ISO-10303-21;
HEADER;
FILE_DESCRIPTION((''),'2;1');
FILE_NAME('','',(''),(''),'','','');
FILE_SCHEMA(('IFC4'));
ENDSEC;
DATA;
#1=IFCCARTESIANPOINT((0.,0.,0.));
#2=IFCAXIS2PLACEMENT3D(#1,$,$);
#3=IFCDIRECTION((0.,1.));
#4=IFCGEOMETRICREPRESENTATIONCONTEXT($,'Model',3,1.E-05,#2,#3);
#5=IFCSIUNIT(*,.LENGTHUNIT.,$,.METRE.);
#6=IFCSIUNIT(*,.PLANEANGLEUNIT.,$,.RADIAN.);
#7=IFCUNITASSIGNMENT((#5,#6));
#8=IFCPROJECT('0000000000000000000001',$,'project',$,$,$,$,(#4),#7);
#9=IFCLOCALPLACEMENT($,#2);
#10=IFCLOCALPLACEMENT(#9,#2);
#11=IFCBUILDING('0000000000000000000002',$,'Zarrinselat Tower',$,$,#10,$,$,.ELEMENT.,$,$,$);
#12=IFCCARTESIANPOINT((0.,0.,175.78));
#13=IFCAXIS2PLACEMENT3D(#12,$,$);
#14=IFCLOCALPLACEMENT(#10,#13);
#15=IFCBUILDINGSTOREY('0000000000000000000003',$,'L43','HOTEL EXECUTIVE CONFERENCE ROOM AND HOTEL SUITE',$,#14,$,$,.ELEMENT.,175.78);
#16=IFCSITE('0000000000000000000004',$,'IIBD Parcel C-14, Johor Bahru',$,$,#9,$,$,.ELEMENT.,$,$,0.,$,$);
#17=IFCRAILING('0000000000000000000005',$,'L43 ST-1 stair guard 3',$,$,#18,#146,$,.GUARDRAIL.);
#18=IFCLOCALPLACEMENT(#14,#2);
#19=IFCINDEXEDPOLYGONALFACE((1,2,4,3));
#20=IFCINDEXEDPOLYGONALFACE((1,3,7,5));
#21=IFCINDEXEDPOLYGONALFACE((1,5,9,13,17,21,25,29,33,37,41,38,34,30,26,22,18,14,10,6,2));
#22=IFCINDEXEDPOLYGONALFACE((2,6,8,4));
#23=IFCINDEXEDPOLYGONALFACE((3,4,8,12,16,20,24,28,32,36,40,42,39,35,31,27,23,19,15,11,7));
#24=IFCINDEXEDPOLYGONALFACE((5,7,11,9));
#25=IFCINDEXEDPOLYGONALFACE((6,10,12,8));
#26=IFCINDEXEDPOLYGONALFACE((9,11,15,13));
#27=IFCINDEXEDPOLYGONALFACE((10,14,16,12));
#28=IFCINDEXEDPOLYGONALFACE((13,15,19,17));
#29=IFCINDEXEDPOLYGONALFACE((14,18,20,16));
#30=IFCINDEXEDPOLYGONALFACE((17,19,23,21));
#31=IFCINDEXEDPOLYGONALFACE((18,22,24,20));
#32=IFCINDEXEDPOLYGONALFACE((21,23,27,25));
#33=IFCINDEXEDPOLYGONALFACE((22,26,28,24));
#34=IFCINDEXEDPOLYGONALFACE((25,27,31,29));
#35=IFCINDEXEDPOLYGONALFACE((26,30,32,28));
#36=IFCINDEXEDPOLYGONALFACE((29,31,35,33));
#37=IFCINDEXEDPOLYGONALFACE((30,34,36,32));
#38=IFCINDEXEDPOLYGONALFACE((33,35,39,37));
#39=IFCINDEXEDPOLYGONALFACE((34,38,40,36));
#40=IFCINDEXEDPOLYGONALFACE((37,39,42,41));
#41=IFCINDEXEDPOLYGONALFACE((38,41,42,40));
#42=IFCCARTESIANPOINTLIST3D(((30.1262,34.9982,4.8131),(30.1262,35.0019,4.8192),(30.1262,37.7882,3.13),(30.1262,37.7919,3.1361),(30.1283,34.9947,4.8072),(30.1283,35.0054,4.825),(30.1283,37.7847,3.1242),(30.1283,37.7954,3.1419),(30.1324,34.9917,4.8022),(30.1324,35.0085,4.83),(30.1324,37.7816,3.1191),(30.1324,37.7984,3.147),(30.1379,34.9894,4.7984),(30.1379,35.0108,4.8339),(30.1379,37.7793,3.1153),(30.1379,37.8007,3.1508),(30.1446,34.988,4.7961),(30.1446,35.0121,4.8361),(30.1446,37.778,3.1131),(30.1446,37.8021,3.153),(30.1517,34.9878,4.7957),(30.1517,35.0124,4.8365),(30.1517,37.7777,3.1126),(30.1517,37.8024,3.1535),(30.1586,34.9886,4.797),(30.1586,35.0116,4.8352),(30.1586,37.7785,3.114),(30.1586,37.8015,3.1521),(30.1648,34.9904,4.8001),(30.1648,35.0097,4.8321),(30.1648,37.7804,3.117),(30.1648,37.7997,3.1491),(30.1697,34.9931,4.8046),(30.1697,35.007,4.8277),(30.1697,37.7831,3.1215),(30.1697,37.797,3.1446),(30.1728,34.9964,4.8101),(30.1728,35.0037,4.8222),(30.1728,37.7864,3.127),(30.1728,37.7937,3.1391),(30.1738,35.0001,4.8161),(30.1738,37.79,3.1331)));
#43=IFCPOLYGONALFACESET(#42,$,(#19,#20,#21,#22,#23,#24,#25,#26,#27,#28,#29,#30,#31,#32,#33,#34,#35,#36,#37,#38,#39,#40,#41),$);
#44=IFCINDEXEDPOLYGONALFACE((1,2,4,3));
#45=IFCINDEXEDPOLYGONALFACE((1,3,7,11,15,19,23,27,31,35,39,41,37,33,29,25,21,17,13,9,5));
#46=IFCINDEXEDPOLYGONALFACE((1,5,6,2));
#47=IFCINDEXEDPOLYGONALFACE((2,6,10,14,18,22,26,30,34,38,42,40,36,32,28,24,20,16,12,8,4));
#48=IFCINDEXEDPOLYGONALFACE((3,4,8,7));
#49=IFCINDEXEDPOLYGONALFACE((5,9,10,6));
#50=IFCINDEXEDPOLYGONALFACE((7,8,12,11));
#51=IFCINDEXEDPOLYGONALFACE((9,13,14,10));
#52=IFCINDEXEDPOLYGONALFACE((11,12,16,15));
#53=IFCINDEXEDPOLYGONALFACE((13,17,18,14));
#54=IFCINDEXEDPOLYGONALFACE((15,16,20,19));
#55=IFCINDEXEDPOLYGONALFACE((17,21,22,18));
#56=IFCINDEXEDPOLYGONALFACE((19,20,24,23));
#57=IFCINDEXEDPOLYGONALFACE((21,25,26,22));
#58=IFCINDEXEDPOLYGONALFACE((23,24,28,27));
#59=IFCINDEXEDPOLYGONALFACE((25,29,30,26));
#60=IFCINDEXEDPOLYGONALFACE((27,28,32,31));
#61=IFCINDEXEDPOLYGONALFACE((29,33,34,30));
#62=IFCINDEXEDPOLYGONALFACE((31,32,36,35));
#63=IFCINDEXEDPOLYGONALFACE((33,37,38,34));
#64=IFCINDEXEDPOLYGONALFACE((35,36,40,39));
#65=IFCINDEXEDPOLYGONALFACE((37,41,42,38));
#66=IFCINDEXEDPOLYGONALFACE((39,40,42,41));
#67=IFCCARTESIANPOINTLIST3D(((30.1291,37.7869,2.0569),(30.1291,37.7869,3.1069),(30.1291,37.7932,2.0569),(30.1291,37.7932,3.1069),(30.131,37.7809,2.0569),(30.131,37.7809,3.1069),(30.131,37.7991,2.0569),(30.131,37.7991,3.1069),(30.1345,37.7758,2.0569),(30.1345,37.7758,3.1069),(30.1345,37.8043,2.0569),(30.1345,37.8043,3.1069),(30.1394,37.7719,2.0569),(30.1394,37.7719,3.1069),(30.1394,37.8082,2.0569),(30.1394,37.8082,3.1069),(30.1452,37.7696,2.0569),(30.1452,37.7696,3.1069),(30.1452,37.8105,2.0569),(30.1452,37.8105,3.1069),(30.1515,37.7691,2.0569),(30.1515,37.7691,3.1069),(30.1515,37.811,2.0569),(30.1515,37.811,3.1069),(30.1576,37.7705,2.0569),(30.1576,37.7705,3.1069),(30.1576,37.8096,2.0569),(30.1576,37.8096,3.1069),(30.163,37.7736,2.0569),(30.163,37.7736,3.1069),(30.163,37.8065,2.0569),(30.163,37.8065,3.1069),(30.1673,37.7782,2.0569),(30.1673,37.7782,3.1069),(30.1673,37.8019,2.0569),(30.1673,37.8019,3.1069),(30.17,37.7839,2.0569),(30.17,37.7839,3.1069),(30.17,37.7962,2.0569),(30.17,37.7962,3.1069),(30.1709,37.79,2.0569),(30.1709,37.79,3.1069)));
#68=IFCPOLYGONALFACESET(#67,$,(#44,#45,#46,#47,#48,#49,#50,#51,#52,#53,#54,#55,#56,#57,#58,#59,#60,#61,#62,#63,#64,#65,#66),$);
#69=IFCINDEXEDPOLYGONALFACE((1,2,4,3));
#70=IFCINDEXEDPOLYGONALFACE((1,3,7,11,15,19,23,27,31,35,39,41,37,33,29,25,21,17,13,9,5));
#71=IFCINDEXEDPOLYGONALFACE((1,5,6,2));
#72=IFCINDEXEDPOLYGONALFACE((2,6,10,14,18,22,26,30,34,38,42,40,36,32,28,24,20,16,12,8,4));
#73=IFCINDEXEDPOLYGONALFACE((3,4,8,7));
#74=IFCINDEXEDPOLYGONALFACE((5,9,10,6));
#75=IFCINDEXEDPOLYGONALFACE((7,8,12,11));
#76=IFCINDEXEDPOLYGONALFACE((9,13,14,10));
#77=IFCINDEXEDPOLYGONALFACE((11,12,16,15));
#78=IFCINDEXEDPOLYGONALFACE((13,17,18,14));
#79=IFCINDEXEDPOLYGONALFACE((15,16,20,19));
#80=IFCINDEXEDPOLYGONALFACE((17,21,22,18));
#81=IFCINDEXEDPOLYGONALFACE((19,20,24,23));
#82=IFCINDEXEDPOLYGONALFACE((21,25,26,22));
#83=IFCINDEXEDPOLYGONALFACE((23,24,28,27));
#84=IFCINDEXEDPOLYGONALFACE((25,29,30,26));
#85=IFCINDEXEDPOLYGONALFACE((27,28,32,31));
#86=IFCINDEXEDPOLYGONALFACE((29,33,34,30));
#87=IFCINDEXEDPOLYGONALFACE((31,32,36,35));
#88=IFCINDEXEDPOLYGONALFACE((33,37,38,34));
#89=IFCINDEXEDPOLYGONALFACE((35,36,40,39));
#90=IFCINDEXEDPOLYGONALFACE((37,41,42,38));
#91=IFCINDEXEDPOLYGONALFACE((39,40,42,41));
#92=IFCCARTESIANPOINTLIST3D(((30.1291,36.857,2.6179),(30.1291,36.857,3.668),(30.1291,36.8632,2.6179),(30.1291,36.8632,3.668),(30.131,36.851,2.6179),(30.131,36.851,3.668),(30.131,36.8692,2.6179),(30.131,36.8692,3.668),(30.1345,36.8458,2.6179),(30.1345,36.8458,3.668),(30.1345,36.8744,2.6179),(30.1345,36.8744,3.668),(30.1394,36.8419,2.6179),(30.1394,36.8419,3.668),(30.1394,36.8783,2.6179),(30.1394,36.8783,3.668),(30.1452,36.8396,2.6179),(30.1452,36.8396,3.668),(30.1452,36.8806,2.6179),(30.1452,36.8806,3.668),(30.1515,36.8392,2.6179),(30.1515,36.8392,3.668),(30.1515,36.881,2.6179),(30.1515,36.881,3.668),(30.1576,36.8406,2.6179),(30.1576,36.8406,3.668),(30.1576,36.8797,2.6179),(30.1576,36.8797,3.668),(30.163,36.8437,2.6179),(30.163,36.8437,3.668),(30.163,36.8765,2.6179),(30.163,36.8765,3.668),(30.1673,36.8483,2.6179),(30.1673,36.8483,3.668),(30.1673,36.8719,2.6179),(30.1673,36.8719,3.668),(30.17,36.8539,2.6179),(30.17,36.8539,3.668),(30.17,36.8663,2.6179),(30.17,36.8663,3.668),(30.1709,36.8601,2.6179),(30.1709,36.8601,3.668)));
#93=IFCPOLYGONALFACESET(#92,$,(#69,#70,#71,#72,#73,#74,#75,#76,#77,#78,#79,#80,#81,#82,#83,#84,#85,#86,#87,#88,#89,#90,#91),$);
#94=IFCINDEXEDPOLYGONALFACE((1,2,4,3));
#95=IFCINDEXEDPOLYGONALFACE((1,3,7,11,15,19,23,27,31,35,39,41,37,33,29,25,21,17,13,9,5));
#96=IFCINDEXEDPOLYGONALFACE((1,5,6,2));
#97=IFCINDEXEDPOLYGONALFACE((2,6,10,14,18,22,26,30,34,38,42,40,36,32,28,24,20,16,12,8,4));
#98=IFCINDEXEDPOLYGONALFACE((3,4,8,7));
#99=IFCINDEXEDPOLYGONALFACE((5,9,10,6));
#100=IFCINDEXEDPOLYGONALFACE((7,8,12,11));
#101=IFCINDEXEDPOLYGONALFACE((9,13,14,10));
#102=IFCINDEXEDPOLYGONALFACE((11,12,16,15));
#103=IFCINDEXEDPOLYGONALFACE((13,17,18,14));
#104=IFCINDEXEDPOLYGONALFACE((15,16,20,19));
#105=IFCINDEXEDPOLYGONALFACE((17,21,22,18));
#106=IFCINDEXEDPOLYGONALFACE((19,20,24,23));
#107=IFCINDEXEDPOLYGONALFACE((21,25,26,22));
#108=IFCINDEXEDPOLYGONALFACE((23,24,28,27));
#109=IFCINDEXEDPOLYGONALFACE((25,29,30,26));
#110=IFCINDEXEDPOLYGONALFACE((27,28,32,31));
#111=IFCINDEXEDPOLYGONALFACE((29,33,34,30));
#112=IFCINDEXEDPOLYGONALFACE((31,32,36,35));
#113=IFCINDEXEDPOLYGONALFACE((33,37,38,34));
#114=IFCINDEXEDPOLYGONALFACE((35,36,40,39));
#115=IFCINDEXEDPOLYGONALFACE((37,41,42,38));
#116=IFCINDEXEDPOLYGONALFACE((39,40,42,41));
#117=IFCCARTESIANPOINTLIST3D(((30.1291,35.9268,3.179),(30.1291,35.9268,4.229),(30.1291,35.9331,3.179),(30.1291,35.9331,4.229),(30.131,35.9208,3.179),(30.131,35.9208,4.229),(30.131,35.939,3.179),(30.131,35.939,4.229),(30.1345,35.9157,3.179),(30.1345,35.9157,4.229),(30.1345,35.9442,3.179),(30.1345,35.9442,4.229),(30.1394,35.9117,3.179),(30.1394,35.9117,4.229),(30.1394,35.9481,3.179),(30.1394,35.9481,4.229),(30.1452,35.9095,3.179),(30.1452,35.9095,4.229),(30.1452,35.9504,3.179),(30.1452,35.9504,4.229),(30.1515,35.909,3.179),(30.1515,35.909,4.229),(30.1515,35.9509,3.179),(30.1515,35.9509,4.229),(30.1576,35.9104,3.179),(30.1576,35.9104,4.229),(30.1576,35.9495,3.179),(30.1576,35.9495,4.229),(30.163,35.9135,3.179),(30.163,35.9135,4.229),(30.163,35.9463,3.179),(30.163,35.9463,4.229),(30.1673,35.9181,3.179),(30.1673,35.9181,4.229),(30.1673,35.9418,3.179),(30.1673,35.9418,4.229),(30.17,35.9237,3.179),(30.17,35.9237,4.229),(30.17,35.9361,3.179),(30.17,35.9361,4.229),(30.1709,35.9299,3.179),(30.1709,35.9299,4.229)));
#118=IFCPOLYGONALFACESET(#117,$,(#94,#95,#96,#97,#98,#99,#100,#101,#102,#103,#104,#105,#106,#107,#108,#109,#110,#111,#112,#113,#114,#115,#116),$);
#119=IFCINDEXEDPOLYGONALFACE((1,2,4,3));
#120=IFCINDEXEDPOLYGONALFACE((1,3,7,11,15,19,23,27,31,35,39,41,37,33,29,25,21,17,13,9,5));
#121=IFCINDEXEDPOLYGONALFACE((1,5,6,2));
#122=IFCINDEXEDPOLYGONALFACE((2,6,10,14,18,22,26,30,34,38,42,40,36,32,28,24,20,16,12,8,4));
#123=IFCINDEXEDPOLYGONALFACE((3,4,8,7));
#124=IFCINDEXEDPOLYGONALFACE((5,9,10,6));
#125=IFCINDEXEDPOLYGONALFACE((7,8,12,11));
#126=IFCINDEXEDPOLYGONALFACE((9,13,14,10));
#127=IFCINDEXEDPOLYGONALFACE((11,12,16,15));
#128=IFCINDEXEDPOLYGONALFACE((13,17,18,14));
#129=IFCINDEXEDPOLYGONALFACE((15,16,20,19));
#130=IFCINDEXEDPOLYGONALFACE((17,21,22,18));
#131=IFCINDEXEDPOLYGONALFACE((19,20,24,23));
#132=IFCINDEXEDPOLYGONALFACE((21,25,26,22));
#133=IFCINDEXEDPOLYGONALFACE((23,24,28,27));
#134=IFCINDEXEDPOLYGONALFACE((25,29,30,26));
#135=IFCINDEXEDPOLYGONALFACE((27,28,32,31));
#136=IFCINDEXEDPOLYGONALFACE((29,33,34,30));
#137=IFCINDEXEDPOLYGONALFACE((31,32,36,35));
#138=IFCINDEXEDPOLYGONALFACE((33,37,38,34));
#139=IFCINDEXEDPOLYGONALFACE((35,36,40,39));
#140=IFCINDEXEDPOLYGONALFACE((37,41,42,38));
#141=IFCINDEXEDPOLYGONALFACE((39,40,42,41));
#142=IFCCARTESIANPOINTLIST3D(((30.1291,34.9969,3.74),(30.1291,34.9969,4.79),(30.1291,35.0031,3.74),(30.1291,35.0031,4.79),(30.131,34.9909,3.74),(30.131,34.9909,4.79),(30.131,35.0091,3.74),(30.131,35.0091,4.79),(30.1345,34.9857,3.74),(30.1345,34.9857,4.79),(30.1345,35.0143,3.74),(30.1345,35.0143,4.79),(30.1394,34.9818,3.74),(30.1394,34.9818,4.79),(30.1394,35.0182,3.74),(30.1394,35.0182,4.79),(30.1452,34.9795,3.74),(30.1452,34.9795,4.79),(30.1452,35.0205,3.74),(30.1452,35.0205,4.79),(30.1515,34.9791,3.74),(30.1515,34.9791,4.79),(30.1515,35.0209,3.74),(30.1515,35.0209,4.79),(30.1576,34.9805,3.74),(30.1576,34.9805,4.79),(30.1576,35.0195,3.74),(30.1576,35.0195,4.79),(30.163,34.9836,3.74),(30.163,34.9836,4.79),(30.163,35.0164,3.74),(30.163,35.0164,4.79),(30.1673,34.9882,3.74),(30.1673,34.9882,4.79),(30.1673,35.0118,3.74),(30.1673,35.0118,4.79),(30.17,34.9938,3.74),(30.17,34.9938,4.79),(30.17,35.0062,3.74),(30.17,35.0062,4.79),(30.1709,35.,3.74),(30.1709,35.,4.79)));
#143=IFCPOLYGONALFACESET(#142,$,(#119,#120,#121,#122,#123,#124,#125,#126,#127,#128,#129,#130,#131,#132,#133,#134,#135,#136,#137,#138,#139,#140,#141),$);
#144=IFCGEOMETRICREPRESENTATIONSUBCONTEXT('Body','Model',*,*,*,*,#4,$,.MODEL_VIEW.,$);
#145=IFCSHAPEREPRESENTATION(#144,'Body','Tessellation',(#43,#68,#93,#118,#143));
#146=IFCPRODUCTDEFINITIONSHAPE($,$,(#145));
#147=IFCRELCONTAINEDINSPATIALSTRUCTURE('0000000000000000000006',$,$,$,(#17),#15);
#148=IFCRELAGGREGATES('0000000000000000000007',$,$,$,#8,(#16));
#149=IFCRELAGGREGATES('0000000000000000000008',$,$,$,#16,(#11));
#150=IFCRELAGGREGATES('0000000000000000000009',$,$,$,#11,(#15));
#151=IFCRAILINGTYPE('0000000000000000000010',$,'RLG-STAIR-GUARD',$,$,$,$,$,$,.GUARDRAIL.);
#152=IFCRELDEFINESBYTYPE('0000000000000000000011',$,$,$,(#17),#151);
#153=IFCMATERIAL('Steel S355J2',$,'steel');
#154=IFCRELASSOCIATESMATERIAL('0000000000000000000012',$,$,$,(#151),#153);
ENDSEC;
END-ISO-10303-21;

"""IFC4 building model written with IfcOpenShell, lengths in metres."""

from ifc_helpers import new_model, si_unit, direction, frame, origin, origin_2d, place, context, subcontext, project, spatial, circle, extrude, material, type_object, element, save


model = new_model("IFC4")

# Units and contexts
model_context = context("Model", 3, precision=1e-05, world=origin(), true_north=direction((0.0, 1.0)))
body_context = subcontext(model_context, "Body", "Model", "MODEL_VIEW")
ifc_project = project(units=[si_unit("LENGTHUNIT", "METRE"), si_unit("PLANEANGLEUNIT", "RADIAN")], contexts=[model_context])

# Site, building, storey
site_placement = place(None, origin())
site = spatial("IfcSite", under=ifc_project, at=site_placement, Name="IIBD Parcel C-14, Johor Bahru", CompositionType="ELEMENT", RefElevation=0.0)
building_placement = place(site_placement, origin())
building = spatial("IfcBuilding", under=site, at=building_placement, Name="Zarrinselat Tower", CompositionType="ELEMENT")
storey_placement = place(building_placement, frame((0.0, 0.0, 175.78)))
storey = spatial("IfcBuildingStorey", under=building, at=storey_placement, Name="L43", Description="HOTEL EXECUTIVE CONFERENCE ROOM AND HOTEL SUITE", CompositionType="ELEMENT", Elevation=175.78)

# Railing
ifc_material_1 = material(Name="Steel S355J2", Category="steel")
railing_type_1 = type_object("IfcRailingType", Name="RLG-STAIR-GUARD", PredefinedType="GUARDRAIL", material=ifc_material_1)
railing_1_placement = place(storey_placement, frame((30.1499, 37.79, 2.0569)))
element("IfcRailing", 1, at=railing_1_placement, inside=storey, type_object=railing_type_1, Name="L43 ST-1 stair guard 3", PredefinedType="GUARDRAIL", context=body_context, shape_type="SweptSolid", body=[
    extrude(circle(Radius=0.0239, at=origin_2d()), frame((0.0, 0.0, 1.0762), z_axis=(0.0, -0.856261, 0.516544), x_axis=(1.0, 0.0, 0.0)), (0.0, 0.0, 1.0), 3.2583),
    extrude(circle(Radius=0.021, at=origin_2d()), origin(), (0.0, 0.0, 1.0), 1.05),
    extrude(circle(Radius=0.021, at=origin_2d()), frame((0.0, -0.9299, 0.561)), (0.0, 0.0, 1.0), 1.05),
    extrude(circle(Radius=0.021, at=origin_2d()), frame((0.0, -1.8601, 1.1221)), (0.0, 0.0, 1.0), 1.05),
    extrude(circle(Radius=0.021, at=origin_2d()), frame((0.0, -2.79, 1.6831)), (0.0, 0.0, 1.0), 1.05),
])

save(model, "model.ifc")
